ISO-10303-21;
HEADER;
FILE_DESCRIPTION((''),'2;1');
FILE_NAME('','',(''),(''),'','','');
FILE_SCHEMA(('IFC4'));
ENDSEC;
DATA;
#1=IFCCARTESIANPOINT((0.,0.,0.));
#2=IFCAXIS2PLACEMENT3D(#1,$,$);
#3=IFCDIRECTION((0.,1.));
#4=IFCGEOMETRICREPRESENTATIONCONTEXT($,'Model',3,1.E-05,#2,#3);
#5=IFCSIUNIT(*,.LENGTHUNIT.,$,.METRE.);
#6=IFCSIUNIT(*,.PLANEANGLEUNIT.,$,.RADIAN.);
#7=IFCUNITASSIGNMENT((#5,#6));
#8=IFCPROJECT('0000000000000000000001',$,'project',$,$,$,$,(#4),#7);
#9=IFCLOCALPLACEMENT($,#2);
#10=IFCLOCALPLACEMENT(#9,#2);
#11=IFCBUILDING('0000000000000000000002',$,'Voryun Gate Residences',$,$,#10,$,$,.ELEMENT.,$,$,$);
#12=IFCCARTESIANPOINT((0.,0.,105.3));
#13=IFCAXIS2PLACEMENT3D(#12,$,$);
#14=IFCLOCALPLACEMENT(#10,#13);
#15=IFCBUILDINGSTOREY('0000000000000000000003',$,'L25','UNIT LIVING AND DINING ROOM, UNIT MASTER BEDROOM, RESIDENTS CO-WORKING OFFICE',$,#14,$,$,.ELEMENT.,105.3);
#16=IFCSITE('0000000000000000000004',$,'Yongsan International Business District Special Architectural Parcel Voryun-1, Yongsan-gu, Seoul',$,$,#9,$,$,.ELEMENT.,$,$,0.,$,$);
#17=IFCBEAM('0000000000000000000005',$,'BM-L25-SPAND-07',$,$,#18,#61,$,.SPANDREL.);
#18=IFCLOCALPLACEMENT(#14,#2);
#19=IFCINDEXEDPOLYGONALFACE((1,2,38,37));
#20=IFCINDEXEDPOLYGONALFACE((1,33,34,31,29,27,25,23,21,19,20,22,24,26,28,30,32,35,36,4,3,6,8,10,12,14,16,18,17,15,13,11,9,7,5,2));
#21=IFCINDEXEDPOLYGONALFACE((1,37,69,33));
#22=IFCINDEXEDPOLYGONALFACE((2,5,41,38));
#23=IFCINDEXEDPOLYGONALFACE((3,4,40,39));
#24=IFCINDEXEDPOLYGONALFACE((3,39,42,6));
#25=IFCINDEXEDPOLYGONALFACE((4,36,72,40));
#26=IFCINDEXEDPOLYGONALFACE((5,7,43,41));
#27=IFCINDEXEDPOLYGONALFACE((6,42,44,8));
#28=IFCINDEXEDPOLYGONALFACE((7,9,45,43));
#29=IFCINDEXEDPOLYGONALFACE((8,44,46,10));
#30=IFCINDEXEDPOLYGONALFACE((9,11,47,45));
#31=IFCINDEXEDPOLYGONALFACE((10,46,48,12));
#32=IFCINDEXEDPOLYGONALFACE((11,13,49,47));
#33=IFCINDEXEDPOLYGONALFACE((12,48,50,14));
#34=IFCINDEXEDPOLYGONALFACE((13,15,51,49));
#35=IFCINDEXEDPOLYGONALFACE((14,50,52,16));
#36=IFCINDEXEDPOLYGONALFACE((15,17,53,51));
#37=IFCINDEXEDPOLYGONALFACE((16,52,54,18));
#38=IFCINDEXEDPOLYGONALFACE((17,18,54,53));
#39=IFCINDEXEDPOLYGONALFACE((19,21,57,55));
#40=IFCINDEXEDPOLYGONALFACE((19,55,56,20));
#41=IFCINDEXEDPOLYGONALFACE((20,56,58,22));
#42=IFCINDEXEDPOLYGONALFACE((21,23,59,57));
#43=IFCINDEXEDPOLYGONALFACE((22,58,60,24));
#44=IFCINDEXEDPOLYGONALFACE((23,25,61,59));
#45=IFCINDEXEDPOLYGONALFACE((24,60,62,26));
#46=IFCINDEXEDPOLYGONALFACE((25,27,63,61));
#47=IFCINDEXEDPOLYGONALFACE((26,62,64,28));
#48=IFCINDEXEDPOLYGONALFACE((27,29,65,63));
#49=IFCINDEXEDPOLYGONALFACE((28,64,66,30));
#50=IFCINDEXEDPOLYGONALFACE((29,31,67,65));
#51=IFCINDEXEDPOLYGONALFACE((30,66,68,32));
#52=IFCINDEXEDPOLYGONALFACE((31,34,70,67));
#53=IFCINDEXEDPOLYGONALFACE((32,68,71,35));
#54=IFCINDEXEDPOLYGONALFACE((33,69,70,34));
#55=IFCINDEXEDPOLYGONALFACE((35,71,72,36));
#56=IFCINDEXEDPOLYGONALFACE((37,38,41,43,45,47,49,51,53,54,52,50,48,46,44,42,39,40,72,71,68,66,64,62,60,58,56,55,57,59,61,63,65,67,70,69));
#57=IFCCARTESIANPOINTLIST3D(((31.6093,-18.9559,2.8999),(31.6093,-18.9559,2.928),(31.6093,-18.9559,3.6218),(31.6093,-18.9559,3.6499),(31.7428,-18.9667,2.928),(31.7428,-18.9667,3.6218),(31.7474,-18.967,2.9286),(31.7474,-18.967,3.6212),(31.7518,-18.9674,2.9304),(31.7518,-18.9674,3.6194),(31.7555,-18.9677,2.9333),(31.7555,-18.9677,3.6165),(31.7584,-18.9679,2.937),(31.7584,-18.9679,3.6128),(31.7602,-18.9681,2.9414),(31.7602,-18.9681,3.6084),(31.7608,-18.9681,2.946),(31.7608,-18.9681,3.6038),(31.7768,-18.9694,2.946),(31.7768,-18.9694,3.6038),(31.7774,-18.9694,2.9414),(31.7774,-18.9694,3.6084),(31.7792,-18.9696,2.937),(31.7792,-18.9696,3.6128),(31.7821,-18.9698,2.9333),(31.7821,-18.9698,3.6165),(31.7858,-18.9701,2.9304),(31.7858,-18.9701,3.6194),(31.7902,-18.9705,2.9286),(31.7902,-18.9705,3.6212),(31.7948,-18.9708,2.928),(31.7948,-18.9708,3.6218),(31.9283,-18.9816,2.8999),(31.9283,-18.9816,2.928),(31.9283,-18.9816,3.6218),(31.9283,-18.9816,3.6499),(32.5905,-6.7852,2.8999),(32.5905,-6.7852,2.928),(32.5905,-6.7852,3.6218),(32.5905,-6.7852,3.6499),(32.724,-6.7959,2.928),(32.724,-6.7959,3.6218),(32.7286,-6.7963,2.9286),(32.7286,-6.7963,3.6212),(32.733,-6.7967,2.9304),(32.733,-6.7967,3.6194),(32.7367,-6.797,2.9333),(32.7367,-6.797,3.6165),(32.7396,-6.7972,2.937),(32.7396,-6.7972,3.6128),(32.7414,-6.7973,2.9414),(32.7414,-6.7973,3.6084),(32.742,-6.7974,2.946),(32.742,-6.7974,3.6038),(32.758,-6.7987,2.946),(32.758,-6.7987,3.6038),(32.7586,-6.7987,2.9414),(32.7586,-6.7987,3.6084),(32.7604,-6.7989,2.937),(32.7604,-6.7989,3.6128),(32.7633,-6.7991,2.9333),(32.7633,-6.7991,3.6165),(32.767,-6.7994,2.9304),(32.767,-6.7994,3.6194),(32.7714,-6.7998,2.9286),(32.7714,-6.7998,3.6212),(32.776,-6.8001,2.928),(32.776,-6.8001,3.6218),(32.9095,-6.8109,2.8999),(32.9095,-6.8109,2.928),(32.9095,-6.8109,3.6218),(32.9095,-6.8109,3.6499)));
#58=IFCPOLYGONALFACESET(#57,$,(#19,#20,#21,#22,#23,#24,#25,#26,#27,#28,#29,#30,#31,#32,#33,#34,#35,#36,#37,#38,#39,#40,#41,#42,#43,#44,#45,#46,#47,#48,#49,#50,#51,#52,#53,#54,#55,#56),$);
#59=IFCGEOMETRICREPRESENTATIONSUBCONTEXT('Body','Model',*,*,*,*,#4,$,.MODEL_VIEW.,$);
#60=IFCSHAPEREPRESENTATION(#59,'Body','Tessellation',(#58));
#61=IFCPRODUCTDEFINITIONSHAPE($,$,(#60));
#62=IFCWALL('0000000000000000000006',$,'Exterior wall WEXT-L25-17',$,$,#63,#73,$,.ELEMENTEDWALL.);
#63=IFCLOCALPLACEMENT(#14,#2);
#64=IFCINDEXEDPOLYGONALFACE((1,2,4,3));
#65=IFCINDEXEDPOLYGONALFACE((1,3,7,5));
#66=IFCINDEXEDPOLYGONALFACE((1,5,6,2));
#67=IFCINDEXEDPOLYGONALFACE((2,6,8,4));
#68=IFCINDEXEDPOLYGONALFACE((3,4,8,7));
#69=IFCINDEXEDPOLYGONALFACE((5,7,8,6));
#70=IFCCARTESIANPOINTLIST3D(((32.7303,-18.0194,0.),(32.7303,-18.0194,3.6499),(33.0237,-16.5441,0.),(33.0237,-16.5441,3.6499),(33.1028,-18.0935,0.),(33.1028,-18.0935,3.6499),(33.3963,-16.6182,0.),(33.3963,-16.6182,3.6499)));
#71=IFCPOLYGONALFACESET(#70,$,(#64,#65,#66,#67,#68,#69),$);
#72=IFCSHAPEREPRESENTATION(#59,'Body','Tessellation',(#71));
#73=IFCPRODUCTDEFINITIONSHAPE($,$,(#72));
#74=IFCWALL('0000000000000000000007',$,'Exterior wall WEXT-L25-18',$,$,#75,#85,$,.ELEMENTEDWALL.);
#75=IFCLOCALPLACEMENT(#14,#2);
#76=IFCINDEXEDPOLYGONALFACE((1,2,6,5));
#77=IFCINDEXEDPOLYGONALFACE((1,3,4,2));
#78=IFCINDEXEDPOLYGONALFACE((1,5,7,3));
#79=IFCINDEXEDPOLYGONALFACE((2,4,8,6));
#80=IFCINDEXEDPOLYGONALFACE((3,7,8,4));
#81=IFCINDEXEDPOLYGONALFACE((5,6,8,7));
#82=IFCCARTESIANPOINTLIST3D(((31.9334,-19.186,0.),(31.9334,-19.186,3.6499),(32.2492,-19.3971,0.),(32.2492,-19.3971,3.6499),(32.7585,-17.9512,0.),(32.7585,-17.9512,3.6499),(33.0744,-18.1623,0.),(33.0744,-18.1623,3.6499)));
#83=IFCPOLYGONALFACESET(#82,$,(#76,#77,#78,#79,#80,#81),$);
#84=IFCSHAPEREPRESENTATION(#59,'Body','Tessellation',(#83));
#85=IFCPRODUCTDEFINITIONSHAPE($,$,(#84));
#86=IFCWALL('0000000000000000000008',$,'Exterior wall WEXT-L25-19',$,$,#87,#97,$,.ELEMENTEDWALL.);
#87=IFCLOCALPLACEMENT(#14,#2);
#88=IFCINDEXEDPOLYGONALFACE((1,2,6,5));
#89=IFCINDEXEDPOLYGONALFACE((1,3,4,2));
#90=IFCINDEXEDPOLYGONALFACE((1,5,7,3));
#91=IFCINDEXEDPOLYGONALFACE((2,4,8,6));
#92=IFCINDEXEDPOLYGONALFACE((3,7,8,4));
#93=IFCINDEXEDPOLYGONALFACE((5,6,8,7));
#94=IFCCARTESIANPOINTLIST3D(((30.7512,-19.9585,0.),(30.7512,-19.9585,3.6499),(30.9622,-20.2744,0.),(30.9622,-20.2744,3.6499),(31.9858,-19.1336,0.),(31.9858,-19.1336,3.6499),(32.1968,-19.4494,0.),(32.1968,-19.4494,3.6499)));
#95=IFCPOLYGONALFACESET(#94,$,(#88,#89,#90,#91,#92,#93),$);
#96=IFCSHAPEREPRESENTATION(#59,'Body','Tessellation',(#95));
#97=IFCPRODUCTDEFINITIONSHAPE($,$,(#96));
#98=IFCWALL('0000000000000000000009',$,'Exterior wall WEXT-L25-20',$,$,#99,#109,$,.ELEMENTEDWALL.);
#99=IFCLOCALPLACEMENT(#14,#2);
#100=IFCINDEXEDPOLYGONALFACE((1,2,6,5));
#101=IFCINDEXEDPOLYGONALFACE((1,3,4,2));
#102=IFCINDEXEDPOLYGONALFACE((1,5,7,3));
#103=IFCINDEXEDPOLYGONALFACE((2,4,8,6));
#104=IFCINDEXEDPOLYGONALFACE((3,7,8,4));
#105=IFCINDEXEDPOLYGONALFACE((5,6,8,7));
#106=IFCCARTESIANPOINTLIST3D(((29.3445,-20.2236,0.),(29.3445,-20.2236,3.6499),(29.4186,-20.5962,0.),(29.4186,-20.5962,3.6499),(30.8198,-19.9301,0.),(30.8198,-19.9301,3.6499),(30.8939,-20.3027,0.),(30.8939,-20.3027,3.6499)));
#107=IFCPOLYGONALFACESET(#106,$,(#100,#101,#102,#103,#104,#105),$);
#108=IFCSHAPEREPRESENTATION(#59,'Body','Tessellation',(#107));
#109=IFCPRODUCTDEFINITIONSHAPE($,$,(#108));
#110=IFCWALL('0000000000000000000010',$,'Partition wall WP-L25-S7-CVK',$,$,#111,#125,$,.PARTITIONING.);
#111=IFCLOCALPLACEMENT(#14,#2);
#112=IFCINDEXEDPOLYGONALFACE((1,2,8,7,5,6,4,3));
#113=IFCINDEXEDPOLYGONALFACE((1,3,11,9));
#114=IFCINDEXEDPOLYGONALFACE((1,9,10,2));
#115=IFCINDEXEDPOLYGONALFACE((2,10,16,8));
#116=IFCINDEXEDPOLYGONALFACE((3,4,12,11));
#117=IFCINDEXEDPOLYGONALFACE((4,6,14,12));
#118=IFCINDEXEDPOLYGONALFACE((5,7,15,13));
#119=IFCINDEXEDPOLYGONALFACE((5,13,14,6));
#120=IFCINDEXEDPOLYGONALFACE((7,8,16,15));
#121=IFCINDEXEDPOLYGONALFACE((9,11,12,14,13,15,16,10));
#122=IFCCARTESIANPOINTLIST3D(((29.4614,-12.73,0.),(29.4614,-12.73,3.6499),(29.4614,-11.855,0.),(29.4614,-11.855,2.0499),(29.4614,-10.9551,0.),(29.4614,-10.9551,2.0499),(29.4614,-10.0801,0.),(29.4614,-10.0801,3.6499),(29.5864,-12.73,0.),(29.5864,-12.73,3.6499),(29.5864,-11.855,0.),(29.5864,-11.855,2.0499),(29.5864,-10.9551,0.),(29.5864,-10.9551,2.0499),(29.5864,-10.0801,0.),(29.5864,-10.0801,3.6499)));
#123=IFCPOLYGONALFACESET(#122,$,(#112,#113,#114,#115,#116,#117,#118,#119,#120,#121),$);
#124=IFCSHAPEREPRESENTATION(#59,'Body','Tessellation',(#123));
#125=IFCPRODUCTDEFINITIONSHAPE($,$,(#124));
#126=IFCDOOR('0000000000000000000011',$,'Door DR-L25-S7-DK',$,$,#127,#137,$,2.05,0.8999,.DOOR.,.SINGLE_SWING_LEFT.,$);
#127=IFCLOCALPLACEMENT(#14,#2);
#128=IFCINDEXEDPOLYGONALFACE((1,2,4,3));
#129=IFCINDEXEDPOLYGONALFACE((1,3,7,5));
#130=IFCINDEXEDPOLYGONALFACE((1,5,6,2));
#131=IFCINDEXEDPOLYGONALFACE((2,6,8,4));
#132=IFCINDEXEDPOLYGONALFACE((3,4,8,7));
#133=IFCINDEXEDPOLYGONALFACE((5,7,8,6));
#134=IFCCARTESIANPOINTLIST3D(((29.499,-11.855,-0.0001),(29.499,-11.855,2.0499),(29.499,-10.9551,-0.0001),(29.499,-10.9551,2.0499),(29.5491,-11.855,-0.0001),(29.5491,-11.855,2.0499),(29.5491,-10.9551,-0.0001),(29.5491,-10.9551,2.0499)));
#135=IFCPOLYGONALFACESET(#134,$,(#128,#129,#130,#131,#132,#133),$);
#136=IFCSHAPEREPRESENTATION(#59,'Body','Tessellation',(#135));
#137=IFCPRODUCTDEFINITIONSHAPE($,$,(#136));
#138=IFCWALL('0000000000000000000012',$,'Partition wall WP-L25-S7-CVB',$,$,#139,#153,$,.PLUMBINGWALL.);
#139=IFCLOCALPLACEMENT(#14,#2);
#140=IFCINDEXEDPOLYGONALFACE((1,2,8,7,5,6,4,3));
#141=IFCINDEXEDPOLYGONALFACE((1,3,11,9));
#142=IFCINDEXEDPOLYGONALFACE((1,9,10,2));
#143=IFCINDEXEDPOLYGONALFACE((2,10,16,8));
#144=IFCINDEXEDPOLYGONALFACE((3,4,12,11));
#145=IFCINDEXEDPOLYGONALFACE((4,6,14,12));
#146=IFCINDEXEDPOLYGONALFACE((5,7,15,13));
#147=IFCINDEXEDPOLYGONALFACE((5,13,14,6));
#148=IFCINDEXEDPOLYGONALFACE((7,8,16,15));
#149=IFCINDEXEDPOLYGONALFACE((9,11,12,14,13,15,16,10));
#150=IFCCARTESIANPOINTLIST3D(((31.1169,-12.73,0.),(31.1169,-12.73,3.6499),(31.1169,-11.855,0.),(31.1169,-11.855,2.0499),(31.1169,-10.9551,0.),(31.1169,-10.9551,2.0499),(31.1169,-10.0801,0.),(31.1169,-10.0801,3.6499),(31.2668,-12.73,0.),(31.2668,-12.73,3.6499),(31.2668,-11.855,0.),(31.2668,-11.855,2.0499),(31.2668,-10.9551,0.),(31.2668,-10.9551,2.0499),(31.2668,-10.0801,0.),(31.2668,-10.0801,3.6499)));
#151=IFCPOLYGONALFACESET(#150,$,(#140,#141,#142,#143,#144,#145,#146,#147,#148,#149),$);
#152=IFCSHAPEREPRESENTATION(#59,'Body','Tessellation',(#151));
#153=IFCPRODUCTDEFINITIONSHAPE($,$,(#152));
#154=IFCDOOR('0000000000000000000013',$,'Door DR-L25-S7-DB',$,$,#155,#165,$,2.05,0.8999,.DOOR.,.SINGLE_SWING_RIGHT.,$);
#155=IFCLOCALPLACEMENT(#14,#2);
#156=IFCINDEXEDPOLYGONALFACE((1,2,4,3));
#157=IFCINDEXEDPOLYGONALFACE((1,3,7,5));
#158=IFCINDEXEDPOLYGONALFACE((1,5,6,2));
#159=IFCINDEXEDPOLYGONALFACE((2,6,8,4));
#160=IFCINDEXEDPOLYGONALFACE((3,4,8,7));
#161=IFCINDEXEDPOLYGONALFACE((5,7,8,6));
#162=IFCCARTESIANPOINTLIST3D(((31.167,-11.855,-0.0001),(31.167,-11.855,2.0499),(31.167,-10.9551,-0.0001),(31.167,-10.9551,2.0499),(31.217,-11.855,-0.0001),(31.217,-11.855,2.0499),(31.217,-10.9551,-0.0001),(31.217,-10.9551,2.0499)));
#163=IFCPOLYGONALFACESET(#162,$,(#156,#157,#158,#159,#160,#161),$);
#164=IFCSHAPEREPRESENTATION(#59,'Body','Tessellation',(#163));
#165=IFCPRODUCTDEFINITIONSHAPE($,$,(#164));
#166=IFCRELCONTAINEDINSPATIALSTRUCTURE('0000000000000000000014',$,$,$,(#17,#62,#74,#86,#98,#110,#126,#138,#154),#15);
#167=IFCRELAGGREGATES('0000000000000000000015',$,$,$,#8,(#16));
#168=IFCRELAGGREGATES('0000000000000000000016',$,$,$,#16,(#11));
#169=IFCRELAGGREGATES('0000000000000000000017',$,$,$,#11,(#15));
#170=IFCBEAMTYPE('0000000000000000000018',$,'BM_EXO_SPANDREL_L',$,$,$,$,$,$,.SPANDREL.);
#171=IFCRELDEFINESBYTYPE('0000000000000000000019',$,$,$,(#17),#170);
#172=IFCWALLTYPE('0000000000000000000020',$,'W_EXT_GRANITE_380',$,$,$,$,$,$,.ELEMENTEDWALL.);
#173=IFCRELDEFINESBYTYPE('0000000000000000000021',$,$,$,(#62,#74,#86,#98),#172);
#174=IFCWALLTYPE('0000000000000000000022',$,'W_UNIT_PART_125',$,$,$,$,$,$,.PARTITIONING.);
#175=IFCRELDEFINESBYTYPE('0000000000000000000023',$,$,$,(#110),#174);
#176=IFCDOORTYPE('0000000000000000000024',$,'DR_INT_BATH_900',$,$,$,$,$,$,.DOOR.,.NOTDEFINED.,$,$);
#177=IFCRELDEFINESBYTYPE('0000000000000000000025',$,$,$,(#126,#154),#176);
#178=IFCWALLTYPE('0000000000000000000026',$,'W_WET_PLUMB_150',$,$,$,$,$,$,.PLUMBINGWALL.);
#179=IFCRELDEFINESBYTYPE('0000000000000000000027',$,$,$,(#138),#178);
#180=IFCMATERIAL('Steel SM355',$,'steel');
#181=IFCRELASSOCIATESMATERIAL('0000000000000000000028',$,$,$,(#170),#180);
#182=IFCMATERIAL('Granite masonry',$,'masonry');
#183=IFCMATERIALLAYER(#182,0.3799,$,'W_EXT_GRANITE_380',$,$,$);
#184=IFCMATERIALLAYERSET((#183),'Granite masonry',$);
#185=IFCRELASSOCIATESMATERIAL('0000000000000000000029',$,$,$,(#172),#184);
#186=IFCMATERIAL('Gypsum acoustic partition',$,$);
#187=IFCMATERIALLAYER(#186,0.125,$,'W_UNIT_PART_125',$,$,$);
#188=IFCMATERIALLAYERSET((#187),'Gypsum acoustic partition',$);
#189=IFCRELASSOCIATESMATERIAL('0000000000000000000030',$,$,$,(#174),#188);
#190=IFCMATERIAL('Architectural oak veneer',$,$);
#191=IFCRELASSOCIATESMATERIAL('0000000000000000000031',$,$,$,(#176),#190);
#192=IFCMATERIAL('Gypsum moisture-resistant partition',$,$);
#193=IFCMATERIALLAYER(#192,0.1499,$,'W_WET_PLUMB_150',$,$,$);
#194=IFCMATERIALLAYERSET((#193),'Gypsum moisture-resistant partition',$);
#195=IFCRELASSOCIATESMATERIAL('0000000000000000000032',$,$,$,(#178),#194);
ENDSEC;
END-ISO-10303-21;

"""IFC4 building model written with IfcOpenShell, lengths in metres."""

from ifc_helpers import new_model, si_unit, direction, frame, frame_2d, origin, origin_2d, place, context, subcontext, project, spatial, rectangle, i_section, extrude, material, layer, layer_set, material_profile, profile_set, type_object, element, fill, save


model = new_model("IFC4")

# Units and contexts
model_context = context("Model", 3, precision=1e-05, world=origin(), true_north=direction((0.0, 1.0)))
body_context = subcontext(model_context, "Body", "Model", "MODEL_VIEW")
ifc_project = project(units=[si_unit("LENGTHUNIT", "METRE"), si_unit("PLANEANGLEUNIT", "RADIAN")], contexts=[model_context])

# Site, building, storey
site_placement = place(None, origin())
site = spatial("IfcSite", under=ifc_project, at=site_placement, Name="Yongsan International Business District Special Architectural Parcel Voryun-1, Yongsan-gu, Seoul", CompositionType="ELEMENT", RefElevation=0.0)
building_placement = place(site_placement, origin())
building = spatial("IfcBuilding", under=site, at=building_placement, Name="Voryun Gate Residences", CompositionType="ELEMENT")
storey_placement = place(building_placement, frame((0.0, 0.0, 105.3)))
storey = spatial("IfcBuildingStorey", under=building, at=storey_placement, Name="L25", Description="UNIT LIVING AND DINING ROOM, UNIT MASTER BEDROOM, RESIDENTS CO-WORKING OFFICE", CompositionType="ELEMENT", Elevation=105.3)

# Beam
ifc_material_1 = material(Name="Steel SM355", Category="steel")
ifc_material_profile_1 = material_profile(ifc_material_1, i_section(OverallWidth=0.3201, OverallDepth=0.75, WebThickness=0.0161, FlangeThickness=0.0281, FilletRadius=0.0181, at=origin_2d()), Name="H-750x320x16x28")
ifc_profile_set_1 = profile_set([ifc_material_profile_1], Name="Steel SM355")
beam_type = type_object("IfcBeamType", Name="BM_EXO_SPANDREL_L", PredefinedType="SPANDREL", material=ifc_profile_set_1)
beam_1_placement = place(storey_placement, frame((31.7688, -18.9688, 3.2749), z_axis=(0.08036, 0.996766, 0.0), x_axis=(-0.996766, 0.08036, 0.0)))
element("IfcBeam", 1, at=beam_1_placement, inside=storey, type_object=beam_type, Name="BM-L25-SPAND-07", PredefinedType="SPANDREL", context=body_context, shape_type="SweptSolid", body=[
    extrude(i_section(OverallWidth=0.3201, OverallDepth=0.75, WebThickness=0.0161, FlangeThickness=0.0281, FilletRadius=0.0181, at=origin_2d()), origin(), (0.0, 0.0, 1.0), 12.2102),
])

# Walls
ifc_material_2 = material(Name="Granite masonry", Category="masonry")
ifc_layer_1 = layer(ifc_material_2, 0.3799, Name="W_EXT_GRANITE_380")
ifc_layer_set_1 = layer_set([ifc_layer_1], Name="Granite masonry")
wall_type_1 = type_object("IfcWallType", Name="W_EXT_GRANITE_380", PredefinedType="ELEMENTEDWALL", material=ifc_layer_set_1)
wall_1_placement = place(storey_placement, frame((33.21, -16.5813, 0.0), z_axis=(0.0, 0.0, 1.0), x_axis=(-0.195086, -0.980786, 0.0)))
element("IfcWall", 2, at=wall_1_placement, inside=storey, type_object=wall_type_1, Name="Exterior wall WEXT-L25-17", PredefinedType="ELEMENTEDWALL", context=body_context, shape_type="SweptSolid", body=[
    extrude(rectangle(XDim=1.5042, YDim=0.3799, at=frame_2d((0.752, 0.0))), origin(), (0.0, 0.0, 1.0), 3.6499),
])
wall_2_placement = place(storey_placement, frame((32.9165, -18.0566, 0.0), z_axis=(0.0, 0.0, 1.0), x_axis=(-0.55561, -0.831443, 0.0)))
element("IfcWall", 3, at=wall_2_placement, inside=storey, type_object=wall_type_1, Name="Exterior wall WEXT-L25-18", PredefinedType="ELEMENTEDWALL", context=body_context, shape_type="SweptSolid", body=[
    extrude(rectangle(XDim=1.4851, YDim=0.3799, at=frame_2d((0.7427, 0.0))), origin(), (0.0, 0.0, 1.0), 3.6499),
])
wall_3_placement = place(storey_placement, frame((32.0913, -19.2915, 0.0), z_axis=(0.0, 0.0, 1.0), x_axis=(-0.831468, -0.555573, 0.0)))
element("IfcWall", 4, at=wall_3_placement, inside=storey, type_object=wall_type_1, Name="Exterior wall WEXT-L25-19", PredefinedType="ELEMENTEDWALL", context=body_context, shape_type="SweptSolid", body=[
    extrude(rectangle(XDim=1.4849, YDim=0.3799, at=frame_2d((0.7424, 0.0))), origin(), (0.0, 0.0, 1.0), 3.6499),
])
wall_4_placement = place(storey_placement, frame((30.8567, -20.1165, 0.0), z_axis=(0.0, 0.0, 1.0), x_axis=(-0.980786, -0.195086, 0.0)))
element("IfcWall", 5, at=wall_4_placement, inside=storey, type_object=wall_type_1, Name="Exterior wall WEXT-L25-20", PredefinedType="ELEMENTEDWALL", context=body_context, shape_type="SweptSolid", body=[
    extrude(rectangle(XDim=1.5042, YDim=0.3799, at=frame_2d((0.752, 0.0))), origin(), (0.0, 0.0, 1.0), 3.6499),
])

# Walls, openings, doors
ifc_material_3 = material(Name="Gypsum acoustic partition")
ifc_layer_2 = layer(ifc_material_3, 0.125, Name="W_UNIT_PART_125")
ifc_layer_set_2 = layer_set([ifc_layer_2], Name="Gypsum acoustic partition")
wall_type_2 = type_object("IfcWallType", Name="W_UNIT_PART_125", PredefinedType="PARTITIONING", material=ifc_layer_set_2)
wall_5_placement = place(storey_placement, frame((29.5239, -12.73, 0.0), z_axis=(0.0, 0.0, 1.0), x_axis=(0.0, 1.0, 0.0)))
wall_5 = element("IfcWall", 6, at=wall_5_placement, inside=storey, type_object=wall_type_2, Name="Partition wall WP-L25-S7-CVK", PredefinedType="PARTITIONING", context=body_context, shape_type="SweptSolid", body=[
    extrude(rectangle(XDim=2.6499, YDim=0.125, at=frame_2d((1.325, 0.0))), origin(), (0.0, 0.0, 1.0), 3.6499),
])
opening_1_placement = place(wall_5_placement, frame((0.875, 0.0, 0.0)))
opening_1 = element("IfcOpeningElement", 7, at=opening_1_placement, cuts=wall_5, PredefinedType="OPENING", context=body_context, shape_type="SweptSolid", body=[
    extrude(rectangle(XDim=0.8999, YDim=2.05, at=frame_2d((0.45, 1.0249))), frame((0.0, 0.0725, 0.0), z_axis=(0.0, -1.0, 0.0), x_axis=(1.0, 0.0, 0.0)), (0.0, 0.0, 1.0), 0.145),
])
ifc_material_4 = material(Name="Architectural oak veneer")
door_type = type_object("IfcDoorType", Name="DR_INT_BATH_900", OperationType="NOTDEFINED", PredefinedType="DOOR", material=ifc_material_4)
door_1_placement = place(opening_1_placement, origin())
door_1 = element("IfcDoor", 8, at=door_1_placement, inside=storey, type_object=door_type, Name="Door DR-L25-S7-DK", OperationType="SINGLE_SWING_LEFT", OverallHeight=2.05, OverallWidth=0.8999, PredefinedType="DOOR", context=body_context, shape_type="SweptSolid", body=[
    extrude(rectangle(XDim=0.8999, YDim=2.05, at=frame_2d((0.45, 1.0249))), frame((0.0, 0.0249, 0.0), z_axis=(0.0, -1.0, 0.0), x_axis=(1.0, 0.0, 0.0)), (0.0, 0.0, 1.0), 0.05),
])
fill(opening_1, door_1)
ifc_material_5 = material(Name="Gypsum moisture-resistant partition")
ifc_layer_3 = layer(ifc_material_5, 0.1499, Name="W_WET_PLUMB_150")
ifc_layer_set_3 = layer_set([ifc_layer_3], Name="Gypsum moisture-resistant partition")
wall_type_3 = type_object("IfcWallType", Name="W_WET_PLUMB_150", PredefinedType="PLUMBINGWALL", material=ifc_layer_set_3)
wall_6_placement = place(storey_placement, frame((31.1919, -12.73, 0.0), z_axis=(0.0, 0.0, 1.0), x_axis=(0.0, 1.0, 0.0)))
wall_6 = element("IfcWall", 9, at=wall_6_placement, inside=storey, type_object=wall_type_3, Name="Partition wall WP-L25-S7-CVB", PredefinedType="PLUMBINGWALL", context=body_context, shape_type="SweptSolid", body=[
    extrude(rectangle(XDim=2.6499, YDim=0.1499, at=frame_2d((1.325, 0.0))), origin(), (0.0, 0.0, 1.0), 3.6499),
])
opening_2_placement = place(wall_6_placement, frame((0.875, 0.0, 0.0)))
opening_2 = element("IfcOpeningElement", 10, at=opening_2_placement, cuts=wall_6, PredefinedType="OPENING", context=body_context, shape_type="SweptSolid", body=[
    extrude(rectangle(XDim=0.8999, YDim=2.05, at=frame_2d((0.45, 1.0249))), frame((0.0, 0.085, 0.0), z_axis=(0.0, -1.0, 0.0), x_axis=(1.0, 0.0, 0.0)), (0.0, 0.0, 1.0), 0.1699),
])
door_2_placement = place(opening_2_placement, origin())
door_2 = element("IfcDoor", 11, at=door_2_placement, inside=storey, type_object=door_type, Name="Door DR-L25-S7-DB", OperationType="SINGLE_SWING_RIGHT", OverallHeight=2.05, OverallWidth=0.8999, PredefinedType="DOOR", context=body_context, shape_type="SweptSolid", body=[
    extrude(rectangle(XDim=0.8999, YDim=2.05, at=frame_2d((0.45, 1.0249))), frame((0.0, 0.0249, 0.0), z_axis=(0.0, -1.0, 0.0), x_axis=(1.0, 0.0, 0.0)), (0.0, 0.0, 1.0), 0.05),
])
fill(opening_2, door_2)

save(model, "model.ifc")
